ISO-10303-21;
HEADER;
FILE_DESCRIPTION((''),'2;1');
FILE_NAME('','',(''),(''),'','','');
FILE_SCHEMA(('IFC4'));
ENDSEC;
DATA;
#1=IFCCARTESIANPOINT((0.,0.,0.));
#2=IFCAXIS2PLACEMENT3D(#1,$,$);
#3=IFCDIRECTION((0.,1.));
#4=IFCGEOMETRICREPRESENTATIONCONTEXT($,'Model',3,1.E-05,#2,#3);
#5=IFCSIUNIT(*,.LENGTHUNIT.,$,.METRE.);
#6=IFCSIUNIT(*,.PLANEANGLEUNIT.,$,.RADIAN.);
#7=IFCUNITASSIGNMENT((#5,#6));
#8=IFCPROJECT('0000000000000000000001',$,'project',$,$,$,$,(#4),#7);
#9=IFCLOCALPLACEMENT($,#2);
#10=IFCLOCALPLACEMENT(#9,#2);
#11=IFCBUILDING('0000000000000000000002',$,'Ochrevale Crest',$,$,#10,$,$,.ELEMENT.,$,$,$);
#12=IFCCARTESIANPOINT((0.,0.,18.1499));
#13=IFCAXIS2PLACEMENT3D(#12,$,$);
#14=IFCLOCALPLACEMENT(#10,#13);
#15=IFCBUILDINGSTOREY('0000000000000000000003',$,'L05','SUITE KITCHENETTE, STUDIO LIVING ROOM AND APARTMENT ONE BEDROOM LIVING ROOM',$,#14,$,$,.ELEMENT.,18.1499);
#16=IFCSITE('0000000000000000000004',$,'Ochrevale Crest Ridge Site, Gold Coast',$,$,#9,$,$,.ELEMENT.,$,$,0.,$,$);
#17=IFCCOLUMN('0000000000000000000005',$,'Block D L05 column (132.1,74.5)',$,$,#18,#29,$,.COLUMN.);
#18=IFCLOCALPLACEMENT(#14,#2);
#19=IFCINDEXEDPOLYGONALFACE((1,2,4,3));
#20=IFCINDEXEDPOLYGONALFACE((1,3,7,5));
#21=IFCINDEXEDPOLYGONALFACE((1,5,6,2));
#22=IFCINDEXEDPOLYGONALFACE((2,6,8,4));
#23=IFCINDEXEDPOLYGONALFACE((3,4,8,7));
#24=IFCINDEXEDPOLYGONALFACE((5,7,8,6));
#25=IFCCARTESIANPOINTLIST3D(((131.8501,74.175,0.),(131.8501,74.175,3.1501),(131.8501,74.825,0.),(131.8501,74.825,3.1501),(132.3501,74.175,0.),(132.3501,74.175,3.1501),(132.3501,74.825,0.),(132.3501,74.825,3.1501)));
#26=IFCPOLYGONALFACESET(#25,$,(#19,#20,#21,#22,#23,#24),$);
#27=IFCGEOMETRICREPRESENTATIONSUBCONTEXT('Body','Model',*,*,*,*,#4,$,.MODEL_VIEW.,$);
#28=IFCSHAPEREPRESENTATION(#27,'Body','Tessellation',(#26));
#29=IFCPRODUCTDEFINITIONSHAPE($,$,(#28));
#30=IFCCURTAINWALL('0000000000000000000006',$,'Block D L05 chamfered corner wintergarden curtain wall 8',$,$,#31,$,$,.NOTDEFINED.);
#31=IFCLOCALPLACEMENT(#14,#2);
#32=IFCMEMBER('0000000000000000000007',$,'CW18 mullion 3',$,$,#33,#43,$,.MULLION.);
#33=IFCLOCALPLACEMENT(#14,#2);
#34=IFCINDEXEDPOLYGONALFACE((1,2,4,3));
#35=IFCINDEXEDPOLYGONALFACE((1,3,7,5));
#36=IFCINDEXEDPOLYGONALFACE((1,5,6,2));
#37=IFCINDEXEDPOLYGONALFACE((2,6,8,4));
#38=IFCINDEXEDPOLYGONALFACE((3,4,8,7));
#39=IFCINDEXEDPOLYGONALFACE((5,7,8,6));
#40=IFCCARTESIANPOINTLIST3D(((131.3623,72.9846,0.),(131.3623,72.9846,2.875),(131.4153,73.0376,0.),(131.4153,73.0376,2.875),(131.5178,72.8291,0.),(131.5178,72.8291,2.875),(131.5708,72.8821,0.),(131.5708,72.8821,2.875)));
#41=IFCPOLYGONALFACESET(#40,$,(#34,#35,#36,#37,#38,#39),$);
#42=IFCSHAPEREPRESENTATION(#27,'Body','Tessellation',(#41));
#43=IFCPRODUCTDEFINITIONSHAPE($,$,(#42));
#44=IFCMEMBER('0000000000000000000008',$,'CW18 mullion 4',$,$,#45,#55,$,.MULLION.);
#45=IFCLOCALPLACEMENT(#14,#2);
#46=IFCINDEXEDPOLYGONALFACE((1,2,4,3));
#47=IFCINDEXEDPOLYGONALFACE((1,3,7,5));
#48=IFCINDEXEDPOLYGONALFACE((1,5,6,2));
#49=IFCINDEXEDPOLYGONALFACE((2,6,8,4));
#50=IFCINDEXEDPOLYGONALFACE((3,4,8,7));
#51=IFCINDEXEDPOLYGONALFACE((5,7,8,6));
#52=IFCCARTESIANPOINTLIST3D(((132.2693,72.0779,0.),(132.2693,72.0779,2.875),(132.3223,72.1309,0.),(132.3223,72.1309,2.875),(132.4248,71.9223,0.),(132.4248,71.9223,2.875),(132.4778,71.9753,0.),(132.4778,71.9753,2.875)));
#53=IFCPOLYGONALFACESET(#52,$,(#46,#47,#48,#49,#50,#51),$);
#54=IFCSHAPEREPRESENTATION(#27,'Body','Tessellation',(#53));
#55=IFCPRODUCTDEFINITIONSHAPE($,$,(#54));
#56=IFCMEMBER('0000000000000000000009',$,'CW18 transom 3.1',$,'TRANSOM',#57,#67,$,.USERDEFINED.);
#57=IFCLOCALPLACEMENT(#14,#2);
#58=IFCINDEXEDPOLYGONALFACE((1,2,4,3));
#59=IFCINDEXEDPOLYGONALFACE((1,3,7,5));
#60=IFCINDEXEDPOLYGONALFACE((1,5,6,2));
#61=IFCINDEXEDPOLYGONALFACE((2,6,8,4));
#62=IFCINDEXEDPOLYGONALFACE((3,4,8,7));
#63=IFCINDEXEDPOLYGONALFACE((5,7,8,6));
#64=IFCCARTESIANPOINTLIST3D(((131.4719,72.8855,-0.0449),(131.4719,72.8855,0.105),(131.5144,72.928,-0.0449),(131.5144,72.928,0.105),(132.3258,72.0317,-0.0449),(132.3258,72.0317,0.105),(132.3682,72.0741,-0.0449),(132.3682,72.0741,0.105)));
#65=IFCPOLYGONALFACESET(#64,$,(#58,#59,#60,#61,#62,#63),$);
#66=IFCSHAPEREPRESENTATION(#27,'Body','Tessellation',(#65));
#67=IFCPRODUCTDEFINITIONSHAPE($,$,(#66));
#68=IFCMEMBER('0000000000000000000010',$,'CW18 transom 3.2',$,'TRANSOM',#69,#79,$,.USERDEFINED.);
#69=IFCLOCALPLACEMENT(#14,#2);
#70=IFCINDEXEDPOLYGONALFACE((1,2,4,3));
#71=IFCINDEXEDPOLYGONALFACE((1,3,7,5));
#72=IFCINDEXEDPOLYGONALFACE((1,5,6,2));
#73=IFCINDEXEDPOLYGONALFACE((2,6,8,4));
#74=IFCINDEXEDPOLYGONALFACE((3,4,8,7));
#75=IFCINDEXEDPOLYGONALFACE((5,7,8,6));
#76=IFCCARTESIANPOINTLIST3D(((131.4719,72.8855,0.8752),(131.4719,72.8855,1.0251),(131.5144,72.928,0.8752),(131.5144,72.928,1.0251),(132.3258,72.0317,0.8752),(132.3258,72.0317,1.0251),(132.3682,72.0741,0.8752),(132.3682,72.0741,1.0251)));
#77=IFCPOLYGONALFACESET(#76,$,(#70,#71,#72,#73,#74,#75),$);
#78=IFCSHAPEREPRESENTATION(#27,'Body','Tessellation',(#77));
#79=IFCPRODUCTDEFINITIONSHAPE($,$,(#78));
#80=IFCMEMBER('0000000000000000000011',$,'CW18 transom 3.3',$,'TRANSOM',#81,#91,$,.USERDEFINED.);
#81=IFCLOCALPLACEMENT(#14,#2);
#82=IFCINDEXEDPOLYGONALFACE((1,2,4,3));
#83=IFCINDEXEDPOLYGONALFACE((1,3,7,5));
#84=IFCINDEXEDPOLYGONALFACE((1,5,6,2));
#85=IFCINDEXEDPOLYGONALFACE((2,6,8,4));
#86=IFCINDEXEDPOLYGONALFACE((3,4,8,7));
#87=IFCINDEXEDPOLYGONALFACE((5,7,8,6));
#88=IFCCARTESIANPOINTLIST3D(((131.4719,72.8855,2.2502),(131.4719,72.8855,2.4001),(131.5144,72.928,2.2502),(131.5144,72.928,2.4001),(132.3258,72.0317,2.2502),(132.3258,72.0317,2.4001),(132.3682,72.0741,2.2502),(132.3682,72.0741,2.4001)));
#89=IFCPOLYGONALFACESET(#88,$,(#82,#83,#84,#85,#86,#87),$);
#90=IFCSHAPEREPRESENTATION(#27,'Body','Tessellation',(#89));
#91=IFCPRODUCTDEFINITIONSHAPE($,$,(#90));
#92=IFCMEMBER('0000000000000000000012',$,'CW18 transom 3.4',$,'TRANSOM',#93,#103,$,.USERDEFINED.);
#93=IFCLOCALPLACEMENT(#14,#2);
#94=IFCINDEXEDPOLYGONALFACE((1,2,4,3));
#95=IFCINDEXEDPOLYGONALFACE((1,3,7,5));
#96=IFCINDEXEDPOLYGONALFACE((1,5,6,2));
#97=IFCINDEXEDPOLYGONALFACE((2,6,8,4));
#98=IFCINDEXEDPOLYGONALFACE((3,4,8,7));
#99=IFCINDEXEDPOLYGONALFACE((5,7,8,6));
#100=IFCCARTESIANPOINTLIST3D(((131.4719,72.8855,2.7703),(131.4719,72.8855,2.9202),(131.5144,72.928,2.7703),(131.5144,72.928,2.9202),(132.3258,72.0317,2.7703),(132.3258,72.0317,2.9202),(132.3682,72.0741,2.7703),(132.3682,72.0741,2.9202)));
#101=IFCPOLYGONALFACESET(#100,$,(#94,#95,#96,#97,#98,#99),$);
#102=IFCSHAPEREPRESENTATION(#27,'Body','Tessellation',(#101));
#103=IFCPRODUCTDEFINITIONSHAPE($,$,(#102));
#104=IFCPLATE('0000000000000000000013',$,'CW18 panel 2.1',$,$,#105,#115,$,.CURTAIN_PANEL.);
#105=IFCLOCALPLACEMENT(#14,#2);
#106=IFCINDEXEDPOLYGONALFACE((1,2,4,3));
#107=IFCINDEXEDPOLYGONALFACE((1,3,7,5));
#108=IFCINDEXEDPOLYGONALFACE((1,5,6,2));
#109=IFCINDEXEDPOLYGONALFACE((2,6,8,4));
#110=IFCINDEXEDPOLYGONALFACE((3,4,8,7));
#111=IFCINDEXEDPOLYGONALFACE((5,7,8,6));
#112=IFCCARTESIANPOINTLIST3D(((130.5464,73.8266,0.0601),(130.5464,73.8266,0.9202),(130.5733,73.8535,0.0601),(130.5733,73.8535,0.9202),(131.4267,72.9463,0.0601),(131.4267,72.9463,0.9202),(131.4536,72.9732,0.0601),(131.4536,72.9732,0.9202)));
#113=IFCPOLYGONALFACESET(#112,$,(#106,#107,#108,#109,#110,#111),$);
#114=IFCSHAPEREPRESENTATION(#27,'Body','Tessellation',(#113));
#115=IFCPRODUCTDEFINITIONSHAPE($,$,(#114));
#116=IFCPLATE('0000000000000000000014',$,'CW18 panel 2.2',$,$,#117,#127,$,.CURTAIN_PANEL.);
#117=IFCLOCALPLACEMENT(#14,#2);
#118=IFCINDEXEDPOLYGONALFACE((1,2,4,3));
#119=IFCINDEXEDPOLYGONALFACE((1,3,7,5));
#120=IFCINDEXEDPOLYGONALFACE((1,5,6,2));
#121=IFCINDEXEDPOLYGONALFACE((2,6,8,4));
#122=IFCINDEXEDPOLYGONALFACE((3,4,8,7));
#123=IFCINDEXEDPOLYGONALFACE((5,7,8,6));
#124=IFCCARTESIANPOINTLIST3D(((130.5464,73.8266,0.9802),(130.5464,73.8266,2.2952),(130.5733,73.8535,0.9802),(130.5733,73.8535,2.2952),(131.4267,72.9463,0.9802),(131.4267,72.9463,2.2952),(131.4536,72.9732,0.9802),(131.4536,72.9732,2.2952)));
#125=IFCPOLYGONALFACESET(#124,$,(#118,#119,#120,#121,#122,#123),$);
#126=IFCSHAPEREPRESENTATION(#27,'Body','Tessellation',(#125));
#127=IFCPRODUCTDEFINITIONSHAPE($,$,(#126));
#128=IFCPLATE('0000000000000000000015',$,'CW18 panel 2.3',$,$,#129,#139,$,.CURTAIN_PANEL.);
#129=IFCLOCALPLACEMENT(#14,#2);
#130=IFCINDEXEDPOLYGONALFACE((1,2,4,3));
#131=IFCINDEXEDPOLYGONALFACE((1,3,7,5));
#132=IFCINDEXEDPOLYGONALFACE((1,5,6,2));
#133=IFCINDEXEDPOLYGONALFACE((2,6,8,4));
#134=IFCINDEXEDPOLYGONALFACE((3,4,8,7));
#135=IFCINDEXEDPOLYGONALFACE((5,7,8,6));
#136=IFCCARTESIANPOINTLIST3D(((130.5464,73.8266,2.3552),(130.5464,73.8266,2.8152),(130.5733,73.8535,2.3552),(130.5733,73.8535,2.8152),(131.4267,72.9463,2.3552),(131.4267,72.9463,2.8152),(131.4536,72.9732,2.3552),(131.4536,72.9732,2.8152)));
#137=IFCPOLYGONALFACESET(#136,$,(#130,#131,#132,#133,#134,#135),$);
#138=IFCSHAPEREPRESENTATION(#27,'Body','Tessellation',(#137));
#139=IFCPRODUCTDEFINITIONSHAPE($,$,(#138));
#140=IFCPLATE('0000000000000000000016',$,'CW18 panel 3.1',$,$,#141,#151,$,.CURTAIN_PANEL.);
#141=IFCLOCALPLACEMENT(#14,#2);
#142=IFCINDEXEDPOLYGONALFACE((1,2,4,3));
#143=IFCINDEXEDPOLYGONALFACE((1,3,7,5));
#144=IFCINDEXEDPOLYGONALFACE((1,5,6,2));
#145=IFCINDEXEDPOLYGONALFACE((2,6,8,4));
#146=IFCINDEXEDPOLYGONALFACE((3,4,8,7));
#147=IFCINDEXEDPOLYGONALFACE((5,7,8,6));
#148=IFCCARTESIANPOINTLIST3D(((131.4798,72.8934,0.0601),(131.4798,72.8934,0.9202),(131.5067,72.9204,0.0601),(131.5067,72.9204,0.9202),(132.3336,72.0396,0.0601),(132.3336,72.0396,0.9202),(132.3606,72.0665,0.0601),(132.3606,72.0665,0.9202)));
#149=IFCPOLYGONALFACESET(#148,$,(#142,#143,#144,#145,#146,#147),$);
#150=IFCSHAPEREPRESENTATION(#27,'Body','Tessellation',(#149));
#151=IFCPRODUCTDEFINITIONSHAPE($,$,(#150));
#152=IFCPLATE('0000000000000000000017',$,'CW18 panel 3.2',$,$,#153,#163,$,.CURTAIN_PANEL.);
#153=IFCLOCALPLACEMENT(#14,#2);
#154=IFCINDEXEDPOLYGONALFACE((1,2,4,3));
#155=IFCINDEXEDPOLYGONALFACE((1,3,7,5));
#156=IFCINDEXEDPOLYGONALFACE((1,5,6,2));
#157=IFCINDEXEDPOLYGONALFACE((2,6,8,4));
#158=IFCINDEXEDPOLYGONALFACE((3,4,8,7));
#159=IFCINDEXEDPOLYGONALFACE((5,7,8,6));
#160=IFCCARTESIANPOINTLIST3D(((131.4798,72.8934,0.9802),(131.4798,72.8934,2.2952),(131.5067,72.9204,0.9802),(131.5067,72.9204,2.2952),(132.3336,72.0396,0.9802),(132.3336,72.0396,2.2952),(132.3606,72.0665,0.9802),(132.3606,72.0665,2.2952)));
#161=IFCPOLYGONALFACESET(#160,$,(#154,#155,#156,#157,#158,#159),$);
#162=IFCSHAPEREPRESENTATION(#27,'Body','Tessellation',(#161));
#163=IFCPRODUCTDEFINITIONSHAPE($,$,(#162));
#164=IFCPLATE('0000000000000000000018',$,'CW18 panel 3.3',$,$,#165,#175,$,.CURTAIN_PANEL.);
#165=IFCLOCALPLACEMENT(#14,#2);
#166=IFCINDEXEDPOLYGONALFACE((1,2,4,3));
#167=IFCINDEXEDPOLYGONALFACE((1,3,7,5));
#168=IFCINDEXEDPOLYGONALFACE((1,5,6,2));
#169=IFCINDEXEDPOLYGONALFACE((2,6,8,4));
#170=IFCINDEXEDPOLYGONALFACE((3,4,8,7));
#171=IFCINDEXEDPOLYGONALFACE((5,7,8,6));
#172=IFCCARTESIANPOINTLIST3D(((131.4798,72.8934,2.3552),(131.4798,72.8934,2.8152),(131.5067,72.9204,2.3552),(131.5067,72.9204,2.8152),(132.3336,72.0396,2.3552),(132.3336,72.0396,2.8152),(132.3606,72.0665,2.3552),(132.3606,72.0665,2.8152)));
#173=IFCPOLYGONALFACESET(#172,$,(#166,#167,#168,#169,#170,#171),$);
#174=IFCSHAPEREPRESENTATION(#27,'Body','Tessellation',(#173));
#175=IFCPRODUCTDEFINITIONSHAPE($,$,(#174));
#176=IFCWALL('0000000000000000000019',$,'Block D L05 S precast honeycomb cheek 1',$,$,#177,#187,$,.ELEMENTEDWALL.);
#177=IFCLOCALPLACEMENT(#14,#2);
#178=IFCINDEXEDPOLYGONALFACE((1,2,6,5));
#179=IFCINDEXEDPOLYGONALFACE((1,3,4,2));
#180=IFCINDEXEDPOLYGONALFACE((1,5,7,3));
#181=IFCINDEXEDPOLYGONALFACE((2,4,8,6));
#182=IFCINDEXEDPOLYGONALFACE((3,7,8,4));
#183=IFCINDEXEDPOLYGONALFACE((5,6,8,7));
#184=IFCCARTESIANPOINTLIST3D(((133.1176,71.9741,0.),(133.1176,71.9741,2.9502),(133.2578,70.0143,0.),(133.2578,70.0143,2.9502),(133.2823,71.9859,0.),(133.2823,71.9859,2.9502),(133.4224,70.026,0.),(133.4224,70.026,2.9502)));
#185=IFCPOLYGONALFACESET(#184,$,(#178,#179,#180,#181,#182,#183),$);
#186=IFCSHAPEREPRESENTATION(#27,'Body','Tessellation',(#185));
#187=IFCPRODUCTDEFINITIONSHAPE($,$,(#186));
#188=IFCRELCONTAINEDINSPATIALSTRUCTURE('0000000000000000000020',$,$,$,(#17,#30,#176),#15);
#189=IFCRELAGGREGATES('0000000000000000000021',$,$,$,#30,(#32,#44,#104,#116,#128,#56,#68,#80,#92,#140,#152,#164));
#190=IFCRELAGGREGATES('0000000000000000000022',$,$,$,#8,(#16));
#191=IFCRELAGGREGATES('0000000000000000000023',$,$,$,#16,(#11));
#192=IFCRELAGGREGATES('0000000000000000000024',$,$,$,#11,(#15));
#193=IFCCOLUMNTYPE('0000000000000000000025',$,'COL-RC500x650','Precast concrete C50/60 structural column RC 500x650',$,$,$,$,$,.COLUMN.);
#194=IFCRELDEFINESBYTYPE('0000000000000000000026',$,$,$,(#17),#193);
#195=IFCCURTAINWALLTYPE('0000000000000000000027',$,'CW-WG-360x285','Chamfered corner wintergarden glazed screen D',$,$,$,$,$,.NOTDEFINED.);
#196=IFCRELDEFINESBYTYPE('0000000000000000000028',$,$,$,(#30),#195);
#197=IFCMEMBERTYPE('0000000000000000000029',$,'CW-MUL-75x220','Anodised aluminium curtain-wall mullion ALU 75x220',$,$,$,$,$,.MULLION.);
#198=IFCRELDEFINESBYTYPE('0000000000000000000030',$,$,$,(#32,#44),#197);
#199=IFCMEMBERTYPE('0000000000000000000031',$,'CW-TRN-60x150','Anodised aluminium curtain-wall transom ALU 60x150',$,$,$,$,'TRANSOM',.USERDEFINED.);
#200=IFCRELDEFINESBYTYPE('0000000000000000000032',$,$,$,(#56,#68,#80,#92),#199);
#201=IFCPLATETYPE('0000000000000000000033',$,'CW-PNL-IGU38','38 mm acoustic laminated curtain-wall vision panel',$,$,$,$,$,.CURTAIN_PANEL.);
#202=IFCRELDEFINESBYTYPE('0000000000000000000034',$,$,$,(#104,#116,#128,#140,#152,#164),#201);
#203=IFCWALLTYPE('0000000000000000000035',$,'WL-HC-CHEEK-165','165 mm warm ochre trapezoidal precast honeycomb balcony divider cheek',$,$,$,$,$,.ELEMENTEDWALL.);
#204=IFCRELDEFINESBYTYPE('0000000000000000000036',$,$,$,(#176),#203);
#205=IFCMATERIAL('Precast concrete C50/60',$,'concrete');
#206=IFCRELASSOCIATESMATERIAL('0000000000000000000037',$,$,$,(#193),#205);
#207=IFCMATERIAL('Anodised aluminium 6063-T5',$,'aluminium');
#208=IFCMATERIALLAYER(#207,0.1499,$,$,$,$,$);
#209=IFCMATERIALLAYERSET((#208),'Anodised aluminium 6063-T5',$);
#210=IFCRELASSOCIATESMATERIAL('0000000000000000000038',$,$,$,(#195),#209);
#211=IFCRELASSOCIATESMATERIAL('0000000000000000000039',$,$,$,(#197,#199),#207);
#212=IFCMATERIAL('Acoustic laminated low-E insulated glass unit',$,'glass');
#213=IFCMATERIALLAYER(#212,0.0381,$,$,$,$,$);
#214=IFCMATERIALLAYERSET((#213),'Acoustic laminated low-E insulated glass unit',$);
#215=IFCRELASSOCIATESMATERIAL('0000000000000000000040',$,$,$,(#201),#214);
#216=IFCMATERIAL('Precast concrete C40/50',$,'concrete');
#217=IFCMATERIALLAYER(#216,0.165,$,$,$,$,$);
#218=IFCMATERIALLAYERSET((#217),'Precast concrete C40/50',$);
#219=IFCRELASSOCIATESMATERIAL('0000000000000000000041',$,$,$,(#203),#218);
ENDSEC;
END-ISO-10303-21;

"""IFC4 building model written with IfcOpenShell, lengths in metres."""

from ifc_helpers import new_model, si_unit, direction, frame, frame_2d, origin, origin_2d, place, context, subcontext, project, spatial, rectangle, extrude, material, layer, layer_set, material_profile, profile_set, type_object, element, aggregate, save


model = new_model("IFC4")

# Units and contexts
model_context = context("Model", 3, precision=1e-05, world=origin(), true_north=direction((0.0, 1.0)))
body_context = subcontext(model_context, "Body", "Model", "MODEL_VIEW")
ifc_project = project(units=[si_unit("LENGTHUNIT", "METRE"), si_unit("PLANEANGLEUNIT", "RADIAN")], contexts=[model_context])

# Site, building, storey
site_placement = place(None, origin())
site = spatial("IfcSite", under=ifc_project, at=site_placement, Name="Ochrevale Crest Ridge Site, Gold Coast", CompositionType="ELEMENT", RefElevation=0.0)
building_placement = place(site_placement, origin())
building = spatial("IfcBuilding", under=site, at=building_placement, Name="Ochrevale Crest", CompositionType="ELEMENT")
storey_placement = place(building_placement, frame((0.0, 0.0, 18.1499)))
storey = spatial("IfcBuildingStorey", under=building, at=storey_placement, Name="L05", Description="SUITE KITCHENETTE, STUDIO LIVING ROOM AND APARTMENT ONE BEDROOM LIVING ROOM", CompositionType="ELEMENT", Elevation=18.1499)

# Column
ifc_material_1 = material(Name="Precast concrete C50/60", Category="concrete")
ifc_material_profile_1 = material_profile(ifc_material_1, rectangle(XDim=0.5, YDim=0.6499, at=origin_2d()), Name="RC 500x650")
ifc_profile_set_1 = profile_set([ifc_material_profile_1], Name="Precast concrete C50/60")
column_type = type_object("IfcColumnType", Name="COL-RC500x650", Description="Precast concrete C50/60 structural column RC 500x650", PredefinedType="COLUMN", material=ifc_profile_set_1)
column_placement = place(storey_placement, frame((132.1001, 74.5, 0.0), z_axis=(0.0, 0.0, 1.0), x_axis=(1.0, 0.0, 0.0)))
element("IfcColumn", 1, at=column_placement, inside=storey, type_object=column_type, Name="Block D L05 column (132.1,74.5)", PredefinedType="COLUMN", context=body_context, shape_type="SweptSolid", body=[
    extrude(rectangle(XDim=0.5, YDim=0.6499, at=origin_2d()), origin(), (0.0, 0.0, 1.0), 3.1501),
])

# Curtain wall, members, plates
ifc_material_2 = material(Name="Anodised aluminium 6063-T5", Category="aluminium")
ifc_layer_1 = layer(ifc_material_2, 0.1499)
ifc_layer_set_1 = layer_set([ifc_layer_1], Name="Anodised aluminium 6063-T5")
curtain_wall_type = type_object("IfcCurtainWallType", Name="CW-WG-360x285", Description="Chamfered corner wintergarden glazed screen D", PredefinedType="NOTDEFINED", material=ifc_layer_set_1)
curtain_wall_placement = place(storey_placement, origin())
curtain_wall = element("IfcCurtainWall", 2, at=curtain_wall_placement, inside=storey, type_object=curtain_wall_type, Name="Block D L05 chamfered corner wintergarden curtain wall 8", PredefinedType="NOTDEFINED")
ifc_material_profile_2 = material_profile(ifc_material_2, rectangle(XDim=0.075, YDim=0.22, at=origin_2d()), Name="ALU 75x220")
ifc_profile_set_2 = profile_set([ifc_material_profile_2], Name="Anodised aluminium 6063-T5")
member_type_1 = type_object("IfcMemberType", Name="CW-MUL-75x220", Description="Anodised aluminium curtain-wall mullion ALU 75x220", PredefinedType="MULLION", material=ifc_profile_set_2)
member_1_placement = place(storey_placement, frame((131.4666, 72.9333, 0.0), z_axis=(0.0, 0.0, 1.0), x_axis=(0.707107, 0.707107, 0.0)))
member_1 = element("IfcMember", 3, at=member_1_placement, type_object=member_type_1, Name="CW18 mullion 3", PredefinedType="MULLION", context=body_context, shape_type="SweptSolid", body=[
    extrude(rectangle(XDim=0.075, YDim=0.22, at=origin_2d()), origin(), (0.0, 0.0, 1.0), 2.875),
])
member_2_placement = place(storey_placement, frame((132.3735, 72.0266, 0.0), z_axis=(0.0, 0.0, 1.0), x_axis=(0.707107, 0.707107, 0.0)))
member_2 = element("IfcMember", 4, at=member_2_placement, type_object=member_type_1, Name="CW18 mullion 4", PredefinedType="MULLION", context=body_context, shape_type="SweptSolid", body=[
    extrude(rectangle(XDim=0.075, YDim=0.22, at=origin_2d()), origin(), (0.0, 0.0, 1.0), 2.875),
])
ifc_material_profile_3 = material_profile(ifc_material_2, rectangle(XDim=0.0601, YDim=0.1499, at=origin_2d()), Name="ALU 60x150")
ifc_profile_set_3 = profile_set([ifc_material_profile_3], Name="Anodised aluminium 6063-T5")
member_type_2 = type_object("IfcMemberType", Name="CW-TRN-60x150", Description="Anodised aluminium curtain-wall transom ALU 60x150", ElementType="TRANSOM", PredefinedType="USERDEFINED", material=ifc_profile_set_3)
member_3_placement = place(storey_placement, frame((131.4932, 72.9067, 0.03), z_axis=(0.707107, -0.707107, 0.0), x_axis=(0.707107, 0.707107, 0.0)))
member_3 = element("IfcMember", 5, at=member_3_placement, type_object=member_type_2, Name="CW18 transom 3.1", ObjectType="TRANSOM", PredefinedType="USERDEFINED", context=body_context, shape_type="SweptSolid", body=[
    extrude(rectangle(XDim=0.0601, YDim=0.1499, at=origin_2d()), origin(), (0.0, 0.0, 1.0), 1.2075),
])
member_4_placement = place(storey_placement, frame((131.4932, 72.9067, 0.9502), z_axis=(0.707107, -0.707107, 0.0), x_axis=(0.707107, 0.707107, 0.0)))
member_4 = element("IfcMember", 6, at=member_4_placement, type_object=member_type_2, Name="CW18 transom 3.2", ObjectType="TRANSOM", PredefinedType="USERDEFINED", context=body_context, shape_type="SweptSolid", body=[
    extrude(rectangle(XDim=0.0601, YDim=0.1499, at=origin_2d()), origin(), (0.0, 0.0, 1.0), 1.2075),
])
member_5_placement = place(storey_placement, frame((131.4932, 72.9067, 2.3252), z_axis=(0.707107, -0.707107, 0.0), x_axis=(0.707107, 0.707107, 0.0)))
member_5 = element("IfcMember", 7, at=member_5_placement, type_object=member_type_2, Name="CW18 transom 3.3", ObjectType="TRANSOM", PredefinedType="USERDEFINED", context=body_context, shape_type="SweptSolid", body=[
    extrude(rectangle(XDim=0.0601, YDim=0.1499, at=origin_2d()), origin(), (0.0, 0.0, 1.0), 1.2075),
])
member_6_placement = place(storey_placement, frame((131.4932, 72.9067, 2.8452), z_axis=(0.707107, -0.707107, 0.0), x_axis=(0.707107, 0.707107, 0.0)))
member_6 = element("IfcMember", 8, at=member_6_placement, type_object=member_type_2, Name="CW18 transom 3.4", ObjectType="TRANSOM", PredefinedType="USERDEFINED", context=body_context, shape_type="SweptSolid", body=[
    extrude(rectangle(XDim=0.0601, YDim=0.1499, at=origin_2d()), origin(), (0.0, 0.0, 1.0), 1.2075),
])
ifc_material_3 = material(Name="Acoustic laminated low-E insulated glass unit", Category="glass")
ifc_layer_2 = layer(ifc_material_3, 0.0381)
ifc_layer_set_2 = layer_set([ifc_layer_2], Name="Acoustic laminated low-E insulated glass unit")
plate_type = type_object("IfcPlateType", Name="CW-PNL-IGU38", Description="38 mm acoustic laminated curtain-wall vision panel", PredefinedType="CURTAIN_PANEL", material=ifc_layer_set_2)
plate_1_placement = place(storey_placement, frame((131.0, 73.3999, 0.0601), z_axis=(0.0, 0.0, 1.0), x_axis=(0.707107, -0.707107, 0.0)))
plate_1 = element("IfcPlate", 9, at=plate_1_placement, type_object=plate_type, Name="CW18 panel 2.1", PredefinedType="CURTAIN_PANEL", context=body_context, shape_type="SweptSolid", body=[
    extrude(rectangle(XDim=1.2449, YDim=0.0381, at=origin_2d()), origin(), (0.0, 0.0, 1.0), 0.8601),
])
plate_2_placement = place(storey_placement, frame((131.0, 73.3999, 0.9802), z_axis=(0.0, 0.0, 1.0), x_axis=(0.707107, -0.707107, 0.0)))
plate_2 = element("IfcPlate", 10, at=plate_2_placement, type_object=plate_type, Name="CW18 panel 2.2", PredefinedType="CURTAIN_PANEL", context=body_context, shape_type="SweptSolid", body=[
    extrude(rectangle(XDim=1.2449, YDim=0.0381, at=origin_2d()), origin(), (0.0, 0.0, 1.0), 1.3149),
])
plate_3_placement = place(storey_placement, frame((131.0, 73.3999, 2.3552), z_axis=(0.0, 0.0, 1.0), x_axis=(0.707107, -0.707107, 0.0)))
plate_3 = element("IfcPlate", 11, at=plate_3_placement, type_object=plate_type, Name="CW18 panel 2.3", PredefinedType="CURTAIN_PANEL", context=body_context, shape_type="SweptSolid", body=[
    extrude(rectangle(XDim=1.2449, YDim=0.0381, at=origin_2d()), origin(), (0.0, 0.0, 1.0), 0.46),
])
plate_4_placement = place(storey_placement, frame((131.9202, 72.48, 0.0601), z_axis=(0.0, 0.0, 1.0), x_axis=(0.707107, -0.707107, 0.0)))
plate_4 = element("IfcPlate", 12, at=plate_4_placement, type_object=plate_type, Name="CW18 panel 3.1", PredefinedType="CURTAIN_PANEL", context=body_context, shape_type="SweptSolid", body=[
    extrude(rectangle(XDim=1.2075, YDim=0.0381, at=origin_2d()), origin(), (0.0, 0.0, 1.0), 0.8601),
])
plate_5_placement = place(storey_placement, frame((131.9202, 72.48, 0.9802), z_axis=(0.0, 0.0, 1.0), x_axis=(0.707107, -0.707107, 0.0)))
plate_5 = element("IfcPlate", 13, at=plate_5_placement, type_object=plate_type, Name="CW18 panel 3.2", PredefinedType="CURTAIN_PANEL", context=body_context, shape_type="SweptSolid", body=[
    extrude(rectangle(XDim=1.2075, YDim=0.0381, at=origin_2d()), origin(), (0.0, 0.0, 1.0), 1.3149),
])
plate_6_placement = place(storey_placement, frame((131.9202, 72.48, 2.3552), z_axis=(0.0, 0.0, 1.0), x_axis=(0.707107, -0.707107, 0.0)))
plate_6 = element("IfcPlate", 14, at=plate_6_placement, type_object=plate_type, Name="CW18 panel 3.3", PredefinedType="CURTAIN_PANEL", context=body_context, shape_type="SweptSolid", body=[
    extrude(rectangle(XDim=1.2075, YDim=0.0381, at=origin_2d()), origin(), (0.0, 0.0, 1.0), 0.46),
])
aggregate(curtain_wall, [member_1, member_2, plate_1, plate_2, plate_3, member_3, member_4, member_5, member_6, plate_4, plate_5, plate_6])

# Shared definitions
ifc_material_4 = material(Name="Precast concrete C40/50", Category="concrete")

# Wall
ifc_layer_3 = layer(ifc_material_4, 0.165)
ifc_layer_set_3 = layer_set([ifc_layer_3], Name="Precast concrete C40/50")
wall_type_1 = type_object("IfcWallType", Name="WL-HC-CHEEK-165", Description="165 mm warm ochre trapezoidal precast honeycomb balcony divider cheek", PredefinedType="ELEMENTEDWALL", material=ifc_layer_set_3)
wall_1_placement = place(storey_placement, frame((133.2, 71.98, 0.0), z_axis=(0.0, 0.0, 1.0), x_axis=(0.071318, -0.997454, 0.0)))
element("IfcWall", 15, at=wall_1_placement, inside=storey, type_object=wall_type_1, Name="Block D L05 S precast honeycomb cheek 1", PredefinedType="ELEMENTEDWALL", context=body_context, shape_type="SweptSolid", body=[
    extrude(rectangle(XDim=1.9648, YDim=0.165, at=frame_2d((0.9824, 0.0))), origin(), (0.0, 0.0, 1.0), 2.9502),
])

save(model, "model.ifc")
